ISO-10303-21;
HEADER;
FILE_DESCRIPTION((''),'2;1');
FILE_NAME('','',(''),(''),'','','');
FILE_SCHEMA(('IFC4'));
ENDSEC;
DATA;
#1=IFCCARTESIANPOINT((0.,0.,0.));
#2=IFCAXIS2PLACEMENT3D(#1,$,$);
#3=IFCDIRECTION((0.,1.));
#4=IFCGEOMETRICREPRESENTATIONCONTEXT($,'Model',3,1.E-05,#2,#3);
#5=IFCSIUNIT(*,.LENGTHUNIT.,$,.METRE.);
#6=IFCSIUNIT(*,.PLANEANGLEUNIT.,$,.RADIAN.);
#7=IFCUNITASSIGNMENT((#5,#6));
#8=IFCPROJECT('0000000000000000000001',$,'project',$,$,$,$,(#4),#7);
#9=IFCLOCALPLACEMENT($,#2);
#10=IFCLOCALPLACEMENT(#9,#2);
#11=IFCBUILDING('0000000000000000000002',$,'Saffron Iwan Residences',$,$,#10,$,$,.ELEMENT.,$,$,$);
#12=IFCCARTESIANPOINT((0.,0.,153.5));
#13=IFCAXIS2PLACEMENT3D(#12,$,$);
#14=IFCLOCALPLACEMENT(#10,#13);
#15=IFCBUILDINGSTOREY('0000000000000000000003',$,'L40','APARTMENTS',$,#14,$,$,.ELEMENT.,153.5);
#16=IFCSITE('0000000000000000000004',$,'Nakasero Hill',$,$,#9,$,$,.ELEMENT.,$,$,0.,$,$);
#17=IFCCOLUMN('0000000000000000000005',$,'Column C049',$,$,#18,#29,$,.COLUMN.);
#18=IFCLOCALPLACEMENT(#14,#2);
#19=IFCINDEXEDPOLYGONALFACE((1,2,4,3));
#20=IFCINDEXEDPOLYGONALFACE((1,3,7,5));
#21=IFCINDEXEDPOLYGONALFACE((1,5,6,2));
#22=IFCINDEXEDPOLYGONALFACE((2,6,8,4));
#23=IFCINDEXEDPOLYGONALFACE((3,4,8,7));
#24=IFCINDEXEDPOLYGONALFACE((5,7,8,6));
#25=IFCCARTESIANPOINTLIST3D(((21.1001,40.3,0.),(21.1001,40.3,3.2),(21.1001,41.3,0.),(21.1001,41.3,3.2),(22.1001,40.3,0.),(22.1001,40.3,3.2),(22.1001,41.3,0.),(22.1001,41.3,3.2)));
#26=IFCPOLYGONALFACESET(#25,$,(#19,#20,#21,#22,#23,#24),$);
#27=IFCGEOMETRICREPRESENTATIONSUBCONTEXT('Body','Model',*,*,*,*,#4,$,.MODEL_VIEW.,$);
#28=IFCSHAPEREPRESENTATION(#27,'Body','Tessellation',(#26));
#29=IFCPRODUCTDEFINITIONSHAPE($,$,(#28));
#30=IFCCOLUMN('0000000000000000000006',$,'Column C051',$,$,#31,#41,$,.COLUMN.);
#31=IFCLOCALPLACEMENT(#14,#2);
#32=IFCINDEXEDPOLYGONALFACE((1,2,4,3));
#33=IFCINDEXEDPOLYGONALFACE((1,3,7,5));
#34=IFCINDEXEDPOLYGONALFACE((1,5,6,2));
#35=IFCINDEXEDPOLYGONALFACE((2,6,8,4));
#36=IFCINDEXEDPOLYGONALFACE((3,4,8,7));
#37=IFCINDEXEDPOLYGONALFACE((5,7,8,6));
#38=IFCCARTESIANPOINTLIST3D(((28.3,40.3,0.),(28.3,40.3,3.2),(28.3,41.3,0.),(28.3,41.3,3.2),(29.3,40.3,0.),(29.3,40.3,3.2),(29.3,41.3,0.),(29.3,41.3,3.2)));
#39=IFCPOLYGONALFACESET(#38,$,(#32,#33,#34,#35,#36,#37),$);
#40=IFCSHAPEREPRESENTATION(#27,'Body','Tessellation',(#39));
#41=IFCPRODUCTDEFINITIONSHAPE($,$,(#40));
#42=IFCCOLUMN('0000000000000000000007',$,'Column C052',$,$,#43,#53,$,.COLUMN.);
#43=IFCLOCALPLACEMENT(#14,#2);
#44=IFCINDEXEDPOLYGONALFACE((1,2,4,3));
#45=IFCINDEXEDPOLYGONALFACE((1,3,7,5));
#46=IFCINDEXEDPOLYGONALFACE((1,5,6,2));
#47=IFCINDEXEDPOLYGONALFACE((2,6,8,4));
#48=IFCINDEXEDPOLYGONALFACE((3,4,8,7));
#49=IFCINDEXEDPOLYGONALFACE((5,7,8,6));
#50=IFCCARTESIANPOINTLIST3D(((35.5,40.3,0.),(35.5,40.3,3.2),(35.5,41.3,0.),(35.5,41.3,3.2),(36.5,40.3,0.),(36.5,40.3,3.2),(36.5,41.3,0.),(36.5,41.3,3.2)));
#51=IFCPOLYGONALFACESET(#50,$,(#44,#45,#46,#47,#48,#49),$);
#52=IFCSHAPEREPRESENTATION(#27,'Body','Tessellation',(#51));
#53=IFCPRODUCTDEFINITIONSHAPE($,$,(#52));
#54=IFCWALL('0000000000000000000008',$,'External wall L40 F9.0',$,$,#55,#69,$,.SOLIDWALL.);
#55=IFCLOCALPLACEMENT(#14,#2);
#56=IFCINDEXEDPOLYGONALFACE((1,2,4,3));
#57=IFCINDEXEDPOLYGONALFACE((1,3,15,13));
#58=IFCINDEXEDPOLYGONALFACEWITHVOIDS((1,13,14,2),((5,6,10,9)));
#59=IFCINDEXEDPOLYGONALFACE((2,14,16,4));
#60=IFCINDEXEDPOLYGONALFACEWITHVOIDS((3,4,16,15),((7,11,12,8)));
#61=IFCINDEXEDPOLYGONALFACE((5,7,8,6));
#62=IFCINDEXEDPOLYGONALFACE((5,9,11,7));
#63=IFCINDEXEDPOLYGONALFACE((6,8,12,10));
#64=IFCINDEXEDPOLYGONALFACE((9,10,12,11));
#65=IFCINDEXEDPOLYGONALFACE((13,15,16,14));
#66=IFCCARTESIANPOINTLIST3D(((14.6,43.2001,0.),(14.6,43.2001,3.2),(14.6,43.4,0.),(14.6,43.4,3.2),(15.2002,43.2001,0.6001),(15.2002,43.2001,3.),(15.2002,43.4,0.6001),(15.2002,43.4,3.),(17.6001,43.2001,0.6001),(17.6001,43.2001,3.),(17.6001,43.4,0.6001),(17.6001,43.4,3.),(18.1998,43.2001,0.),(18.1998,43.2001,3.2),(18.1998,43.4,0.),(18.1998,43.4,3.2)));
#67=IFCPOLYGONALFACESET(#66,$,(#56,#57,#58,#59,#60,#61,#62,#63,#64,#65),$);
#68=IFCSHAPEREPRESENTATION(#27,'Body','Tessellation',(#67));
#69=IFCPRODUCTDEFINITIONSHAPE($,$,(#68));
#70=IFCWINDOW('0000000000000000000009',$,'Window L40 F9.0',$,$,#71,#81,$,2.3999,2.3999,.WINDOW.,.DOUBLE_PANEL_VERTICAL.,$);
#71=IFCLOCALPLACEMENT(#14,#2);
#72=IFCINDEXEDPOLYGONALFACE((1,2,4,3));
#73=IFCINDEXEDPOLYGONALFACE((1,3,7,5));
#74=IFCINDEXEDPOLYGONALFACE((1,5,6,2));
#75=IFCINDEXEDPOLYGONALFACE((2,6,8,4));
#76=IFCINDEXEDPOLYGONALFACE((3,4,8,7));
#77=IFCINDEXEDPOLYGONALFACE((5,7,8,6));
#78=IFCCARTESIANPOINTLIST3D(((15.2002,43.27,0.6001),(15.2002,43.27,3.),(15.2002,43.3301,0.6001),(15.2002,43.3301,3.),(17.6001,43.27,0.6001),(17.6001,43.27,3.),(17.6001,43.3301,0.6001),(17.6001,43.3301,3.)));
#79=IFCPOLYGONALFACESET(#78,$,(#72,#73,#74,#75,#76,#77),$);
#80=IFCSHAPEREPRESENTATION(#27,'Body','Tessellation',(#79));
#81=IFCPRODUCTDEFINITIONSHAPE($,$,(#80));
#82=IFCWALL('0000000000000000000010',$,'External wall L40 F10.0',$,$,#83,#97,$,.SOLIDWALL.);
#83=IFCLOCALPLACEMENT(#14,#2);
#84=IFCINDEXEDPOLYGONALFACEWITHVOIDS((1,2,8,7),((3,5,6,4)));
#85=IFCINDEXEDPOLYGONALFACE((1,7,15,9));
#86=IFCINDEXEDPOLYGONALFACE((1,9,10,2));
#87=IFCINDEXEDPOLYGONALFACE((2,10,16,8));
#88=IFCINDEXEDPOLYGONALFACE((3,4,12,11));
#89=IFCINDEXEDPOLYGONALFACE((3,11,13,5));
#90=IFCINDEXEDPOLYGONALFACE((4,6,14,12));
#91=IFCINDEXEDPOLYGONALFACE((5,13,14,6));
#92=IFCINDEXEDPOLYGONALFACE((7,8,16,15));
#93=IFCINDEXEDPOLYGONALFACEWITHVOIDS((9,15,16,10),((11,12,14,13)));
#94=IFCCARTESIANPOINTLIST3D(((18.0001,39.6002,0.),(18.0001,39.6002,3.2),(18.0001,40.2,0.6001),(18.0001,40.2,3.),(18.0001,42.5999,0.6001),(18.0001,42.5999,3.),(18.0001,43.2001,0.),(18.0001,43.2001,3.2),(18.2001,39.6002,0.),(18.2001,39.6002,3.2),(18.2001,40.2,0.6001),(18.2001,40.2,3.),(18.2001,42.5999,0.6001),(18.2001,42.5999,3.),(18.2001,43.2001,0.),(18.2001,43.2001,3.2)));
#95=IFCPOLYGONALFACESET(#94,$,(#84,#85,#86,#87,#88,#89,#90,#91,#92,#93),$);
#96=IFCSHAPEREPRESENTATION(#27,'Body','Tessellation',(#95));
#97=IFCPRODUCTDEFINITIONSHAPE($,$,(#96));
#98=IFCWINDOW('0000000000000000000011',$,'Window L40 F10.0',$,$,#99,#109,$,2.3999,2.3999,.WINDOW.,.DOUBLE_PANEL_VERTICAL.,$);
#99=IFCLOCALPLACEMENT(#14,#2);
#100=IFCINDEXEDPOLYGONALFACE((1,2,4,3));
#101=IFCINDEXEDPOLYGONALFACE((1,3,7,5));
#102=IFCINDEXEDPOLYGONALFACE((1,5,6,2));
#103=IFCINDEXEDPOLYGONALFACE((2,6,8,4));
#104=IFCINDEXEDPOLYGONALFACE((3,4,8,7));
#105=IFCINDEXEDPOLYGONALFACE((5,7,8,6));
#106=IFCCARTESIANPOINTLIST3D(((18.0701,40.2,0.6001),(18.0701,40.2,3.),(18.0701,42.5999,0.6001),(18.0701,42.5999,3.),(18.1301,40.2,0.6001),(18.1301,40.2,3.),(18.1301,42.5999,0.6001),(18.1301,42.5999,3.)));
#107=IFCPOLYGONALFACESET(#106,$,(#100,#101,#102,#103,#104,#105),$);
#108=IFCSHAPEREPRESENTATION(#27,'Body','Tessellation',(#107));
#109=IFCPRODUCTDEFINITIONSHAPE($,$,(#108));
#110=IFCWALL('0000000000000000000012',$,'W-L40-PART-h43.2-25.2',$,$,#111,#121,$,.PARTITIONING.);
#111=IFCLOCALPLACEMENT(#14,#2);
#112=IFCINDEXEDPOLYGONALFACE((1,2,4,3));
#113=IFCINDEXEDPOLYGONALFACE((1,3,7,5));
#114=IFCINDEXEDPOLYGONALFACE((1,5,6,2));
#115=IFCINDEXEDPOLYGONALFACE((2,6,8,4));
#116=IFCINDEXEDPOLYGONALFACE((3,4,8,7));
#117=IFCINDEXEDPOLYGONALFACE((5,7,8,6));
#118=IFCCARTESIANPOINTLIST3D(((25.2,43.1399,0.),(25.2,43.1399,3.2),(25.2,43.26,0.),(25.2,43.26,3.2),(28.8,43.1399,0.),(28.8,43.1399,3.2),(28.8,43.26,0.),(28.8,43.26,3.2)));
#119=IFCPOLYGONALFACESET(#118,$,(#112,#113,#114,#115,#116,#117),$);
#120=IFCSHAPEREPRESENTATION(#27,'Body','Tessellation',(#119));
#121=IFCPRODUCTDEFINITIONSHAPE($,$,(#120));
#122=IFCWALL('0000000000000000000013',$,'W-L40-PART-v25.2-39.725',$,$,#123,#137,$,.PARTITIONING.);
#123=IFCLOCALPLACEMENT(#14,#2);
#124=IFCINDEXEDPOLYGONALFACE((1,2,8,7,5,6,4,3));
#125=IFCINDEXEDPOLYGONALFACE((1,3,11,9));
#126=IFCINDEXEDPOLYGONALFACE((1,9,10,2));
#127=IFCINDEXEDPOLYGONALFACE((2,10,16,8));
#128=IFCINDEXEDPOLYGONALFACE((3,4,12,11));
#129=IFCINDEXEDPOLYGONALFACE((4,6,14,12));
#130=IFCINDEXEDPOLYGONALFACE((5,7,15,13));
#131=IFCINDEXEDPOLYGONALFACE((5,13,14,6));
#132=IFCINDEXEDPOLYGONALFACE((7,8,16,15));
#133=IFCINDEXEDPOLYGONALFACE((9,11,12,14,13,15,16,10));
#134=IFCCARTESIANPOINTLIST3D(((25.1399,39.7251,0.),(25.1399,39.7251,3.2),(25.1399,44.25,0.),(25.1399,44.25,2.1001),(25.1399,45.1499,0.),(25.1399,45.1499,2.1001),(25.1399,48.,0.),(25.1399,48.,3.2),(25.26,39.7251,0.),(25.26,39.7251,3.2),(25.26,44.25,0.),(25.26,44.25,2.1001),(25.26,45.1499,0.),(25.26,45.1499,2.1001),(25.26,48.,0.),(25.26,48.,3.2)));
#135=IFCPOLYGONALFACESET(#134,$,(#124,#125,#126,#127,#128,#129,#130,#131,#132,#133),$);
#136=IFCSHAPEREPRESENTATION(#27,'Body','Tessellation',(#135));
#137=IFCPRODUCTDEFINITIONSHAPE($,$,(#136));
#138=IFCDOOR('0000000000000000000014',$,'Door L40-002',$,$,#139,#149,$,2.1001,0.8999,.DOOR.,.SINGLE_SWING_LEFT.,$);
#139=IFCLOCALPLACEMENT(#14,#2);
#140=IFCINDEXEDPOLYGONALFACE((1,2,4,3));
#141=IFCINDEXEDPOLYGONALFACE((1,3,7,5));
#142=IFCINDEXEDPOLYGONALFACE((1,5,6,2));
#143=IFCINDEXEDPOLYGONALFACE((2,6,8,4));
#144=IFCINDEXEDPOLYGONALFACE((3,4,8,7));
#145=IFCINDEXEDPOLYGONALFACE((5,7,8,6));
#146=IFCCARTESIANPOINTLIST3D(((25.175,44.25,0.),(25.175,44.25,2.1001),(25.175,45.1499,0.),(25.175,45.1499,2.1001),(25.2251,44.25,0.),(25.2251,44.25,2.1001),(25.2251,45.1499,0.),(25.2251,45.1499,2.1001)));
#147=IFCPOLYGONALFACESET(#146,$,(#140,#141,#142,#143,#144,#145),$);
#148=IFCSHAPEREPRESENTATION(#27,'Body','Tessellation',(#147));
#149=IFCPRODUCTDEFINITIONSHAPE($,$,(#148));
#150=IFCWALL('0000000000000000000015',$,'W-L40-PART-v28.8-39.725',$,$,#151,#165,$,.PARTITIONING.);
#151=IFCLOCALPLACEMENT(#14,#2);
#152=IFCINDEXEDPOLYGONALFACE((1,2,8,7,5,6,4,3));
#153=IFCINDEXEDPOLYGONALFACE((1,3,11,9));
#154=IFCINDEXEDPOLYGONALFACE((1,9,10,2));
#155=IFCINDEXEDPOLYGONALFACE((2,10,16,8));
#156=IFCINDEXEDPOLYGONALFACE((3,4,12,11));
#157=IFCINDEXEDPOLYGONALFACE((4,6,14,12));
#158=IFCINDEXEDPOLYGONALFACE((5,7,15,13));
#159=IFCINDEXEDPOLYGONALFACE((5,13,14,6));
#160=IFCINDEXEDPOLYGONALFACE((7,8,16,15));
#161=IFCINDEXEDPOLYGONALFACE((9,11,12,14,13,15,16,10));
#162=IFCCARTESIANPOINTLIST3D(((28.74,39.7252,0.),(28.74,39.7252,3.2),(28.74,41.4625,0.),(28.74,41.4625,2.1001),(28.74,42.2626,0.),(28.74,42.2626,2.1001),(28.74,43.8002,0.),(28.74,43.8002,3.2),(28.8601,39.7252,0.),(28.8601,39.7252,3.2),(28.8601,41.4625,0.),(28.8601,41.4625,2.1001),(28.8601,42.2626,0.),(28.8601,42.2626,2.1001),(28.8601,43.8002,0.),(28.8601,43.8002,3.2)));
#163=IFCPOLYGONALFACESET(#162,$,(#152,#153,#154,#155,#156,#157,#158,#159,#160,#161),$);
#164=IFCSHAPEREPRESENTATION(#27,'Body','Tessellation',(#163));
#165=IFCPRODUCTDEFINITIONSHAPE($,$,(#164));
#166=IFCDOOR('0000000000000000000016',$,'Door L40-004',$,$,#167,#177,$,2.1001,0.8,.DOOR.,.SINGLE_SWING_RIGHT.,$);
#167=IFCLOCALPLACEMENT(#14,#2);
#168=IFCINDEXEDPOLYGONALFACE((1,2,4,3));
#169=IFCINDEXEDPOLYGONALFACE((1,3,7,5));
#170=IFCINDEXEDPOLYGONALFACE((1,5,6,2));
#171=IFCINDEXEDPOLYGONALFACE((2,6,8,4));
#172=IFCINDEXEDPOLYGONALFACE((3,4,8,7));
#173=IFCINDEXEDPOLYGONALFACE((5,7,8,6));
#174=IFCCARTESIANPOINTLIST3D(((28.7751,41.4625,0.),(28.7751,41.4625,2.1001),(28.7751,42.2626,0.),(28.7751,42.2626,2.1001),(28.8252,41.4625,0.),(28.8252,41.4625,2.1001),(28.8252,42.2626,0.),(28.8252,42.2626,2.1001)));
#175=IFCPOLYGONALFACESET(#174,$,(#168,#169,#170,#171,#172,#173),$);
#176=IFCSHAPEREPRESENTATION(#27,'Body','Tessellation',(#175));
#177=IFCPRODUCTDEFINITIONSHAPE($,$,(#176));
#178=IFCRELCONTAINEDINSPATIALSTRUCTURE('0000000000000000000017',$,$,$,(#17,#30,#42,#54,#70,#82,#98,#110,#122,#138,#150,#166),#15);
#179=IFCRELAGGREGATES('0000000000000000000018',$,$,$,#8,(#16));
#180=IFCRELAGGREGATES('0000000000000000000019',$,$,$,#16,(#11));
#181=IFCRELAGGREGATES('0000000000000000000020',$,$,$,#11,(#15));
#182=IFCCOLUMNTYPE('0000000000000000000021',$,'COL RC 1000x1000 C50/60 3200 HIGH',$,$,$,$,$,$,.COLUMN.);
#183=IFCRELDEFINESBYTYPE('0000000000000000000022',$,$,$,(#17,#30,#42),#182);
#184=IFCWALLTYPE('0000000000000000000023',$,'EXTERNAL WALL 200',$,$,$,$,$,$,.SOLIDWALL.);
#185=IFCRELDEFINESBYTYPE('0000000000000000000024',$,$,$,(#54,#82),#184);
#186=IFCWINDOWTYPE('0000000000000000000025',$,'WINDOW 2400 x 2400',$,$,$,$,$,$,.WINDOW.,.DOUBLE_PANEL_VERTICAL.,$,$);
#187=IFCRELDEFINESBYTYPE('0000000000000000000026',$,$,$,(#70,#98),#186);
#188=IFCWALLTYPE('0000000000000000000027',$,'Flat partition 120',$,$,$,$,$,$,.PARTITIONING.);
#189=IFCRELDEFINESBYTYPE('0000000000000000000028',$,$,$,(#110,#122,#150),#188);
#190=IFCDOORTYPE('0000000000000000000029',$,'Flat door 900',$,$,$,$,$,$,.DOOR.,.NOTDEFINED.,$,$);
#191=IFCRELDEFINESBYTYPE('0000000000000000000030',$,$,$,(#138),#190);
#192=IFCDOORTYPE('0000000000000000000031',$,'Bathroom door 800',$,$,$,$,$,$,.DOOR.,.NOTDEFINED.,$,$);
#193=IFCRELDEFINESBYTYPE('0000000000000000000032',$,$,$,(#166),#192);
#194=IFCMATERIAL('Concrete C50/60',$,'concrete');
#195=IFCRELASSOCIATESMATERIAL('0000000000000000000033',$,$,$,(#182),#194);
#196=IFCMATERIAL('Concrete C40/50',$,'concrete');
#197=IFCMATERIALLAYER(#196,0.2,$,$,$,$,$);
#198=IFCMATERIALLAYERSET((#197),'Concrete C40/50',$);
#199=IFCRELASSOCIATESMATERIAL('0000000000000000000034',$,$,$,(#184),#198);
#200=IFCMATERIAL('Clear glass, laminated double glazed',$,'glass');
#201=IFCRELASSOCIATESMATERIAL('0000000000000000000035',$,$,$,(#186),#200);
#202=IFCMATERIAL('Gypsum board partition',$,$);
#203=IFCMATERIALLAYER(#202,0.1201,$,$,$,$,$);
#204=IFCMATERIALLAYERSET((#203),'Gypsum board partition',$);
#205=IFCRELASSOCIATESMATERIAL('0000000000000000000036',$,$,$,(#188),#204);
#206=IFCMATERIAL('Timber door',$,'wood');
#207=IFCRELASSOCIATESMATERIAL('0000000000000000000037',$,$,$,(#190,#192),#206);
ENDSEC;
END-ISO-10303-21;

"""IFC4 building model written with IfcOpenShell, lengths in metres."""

from ifc_helpers import new_model, si_unit, direction, frame, frame_2d, origin, origin_2d, place, context, subcontext, project, spatial, rectangle, extrude, source, transform, mapped, material, layer, layer_set, material_profile, profile_set, type_object, element, fill, save


model = new_model("IFC4")

# Units and contexts
model_context = context("Model", 3, precision=1e-05, world=origin(), true_north=direction((0.0, 1.0)))
body_context = subcontext(model_context, "Body", "Model", "MODEL_VIEW")
ifc_project = project(units=[si_unit("LENGTHUNIT", "METRE"), si_unit("PLANEANGLEUNIT", "RADIAN")], contexts=[model_context])

# Site, building, storey
site_placement = place(None, origin())
site = spatial("IfcSite", under=ifc_project, at=site_placement, Name="Nakasero Hill", CompositionType="ELEMENT", RefElevation=0.0)
building_placement = place(site_placement, origin())
building = spatial("IfcBuilding", under=site, at=building_placement, Name="Saffron Iwan Residences", CompositionType="ELEMENT")
storey_placement = place(building_placement, frame((0.0, 0.0, 153.5)))
storey = spatial("IfcBuildingStorey", under=building, at=storey_placement, Name="L40", Description="APARTMENTS", CompositionType="ELEMENT", Elevation=153.5)

# Columns
ifc_material_1 = material(Name="Concrete C50/60", Category="concrete")
ifc_material_profile = material_profile(ifc_material_1, rectangle(XDim=1.0, YDim=1.0, at=origin_2d()), Name="RC 1000x1000")
ifc_profile_set = profile_set([ifc_material_profile], Name="Concrete C50/60")
column_type = type_object("IfcColumnType", Name="COL RC 1000x1000 C50/60 3200 HIGH", PredefinedType="COLUMN", material=ifc_profile_set)
shared_shape = source(origin(), body_context, "Body", "SweptSolid", [
    extrude(rectangle(XDim=1.0, YDim=1.0, at=origin_2d()), origin(), (0.0, 0.0, 1.0), 3.2),
])
for number, where, z_axis, x_axis, name in (
    (1, (21.6001, 40.8, 0.0), (0.0, 0.0, 1.0), (1.0, 0.0, 0.0), "Column C049"),
    (2, (28.8, 40.8, 0.0), (0.0, 0.0, 1.0), (1.0, 0.0, 0.0), "Column C051"),
    (3, (36.0, 40.8, 0.0), (0.0, 0.0, 1.0), (1.0, 0.0, 0.0), "Column C052"),
):
    element("IfcColumn", number, at=place(storey_placement, frame(where, z_axis=z_axis, x_axis=x_axis)), inside=storey, type_object=column_type, Name=name, PredefinedType="COLUMN", context=body_context, shape_type="MappedRepresentation", body=[
        mapped(shared_shape, transform((0.0, 0.0, 0.0))),
    ])

# Walls, openings, windows
ifc_material_2 = material(Name="Concrete C40/50", Category="concrete")
ifc_layer_1 = layer(ifc_material_2, 0.2)
ifc_layer_set_1 = layer_set([ifc_layer_1], Name="Concrete C40/50")
wall_type_1 = type_object("IfcWallType", Name="EXTERNAL WALL 200", PredefinedType="SOLIDWALL", material=ifc_layer_set_1)
wall_1_placement = place(storey_placement, frame((14.6001, 43.3, 0.0), z_axis=(0.0, 0.0, 1.0), x_axis=(1.0, 0.0, 0.0)))
wall_1 = element("IfcWall", 4, at=wall_1_placement, inside=storey, type_object=wall_type_1, Name="External wall L40 F9.0", PredefinedType="SOLIDWALL", context=body_context, shape_type="SweptSolid", body=[
    extrude(rectangle(XDim=3.5999, YDim=0.2, at=frame_2d((1.7998, 0.0))), origin(), (0.0, 0.0, 1.0), 3.2),
])
opening_1_placement = place(wall_1_placement, frame((0.6001, 0.0, 0.6001)))
opening_1 = element("IfcOpeningElement", 5, at=opening_1_placement, cuts=wall_1, PredefinedType="OPENING", context=body_context, shape_type="SweptSolid", body=[
    extrude(rectangle(XDim=2.3999, YDim=2.3999, at=frame_2d((1.2, 1.2))), frame((0.0, 0.1099, 0.0), z_axis=(0.0, -1.0, 0.0), x_axis=(1.0, 0.0, 0.0)), (0.0, 0.0, 1.0), 0.22),
])
ifc_material_3 = material(Name="Clear glass, laminated double glazed", Category="glass")
window_type = type_object("IfcWindowType", Name="WINDOW 2400 x 2400", PartitioningType="DOUBLE_PANEL_VERTICAL", PredefinedType="WINDOW", material=ifc_material_3)
window_1_placement = place(opening_1_placement, origin())
window_1 = element("IfcWindow", 6, at=window_1_placement, inside=storey, type_object=window_type, Name="Window L40 F9.0", OverallHeight=2.3999, OverallWidth=2.3999, PartitioningType="DOUBLE_PANEL_VERTICAL", PredefinedType="WINDOW", context=body_context, shape_type="SweptSolid", body=[
    extrude(rectangle(XDim=2.3999, YDim=2.3999, at=frame_2d((1.2, 1.2))), frame((0.0, 0.03, 0.0), z_axis=(0.0, -1.0, 0.0), x_axis=(1.0, 0.0, 0.0)), (0.0, 0.0, 1.0), 0.0601),
])
fill(opening_1, window_1)
wall_2_placement = place(storey_placement, frame((18.1001, 43.2, 0.0), z_axis=(0.0, 0.0, 1.0), x_axis=(0.0, -1.0, 0.0)))
wall_2 = element("IfcWall", 7, at=wall_2_placement, inside=storey, type_object=wall_type_1, Name="External wall L40 F10.0", PredefinedType="SOLIDWALL", context=body_context, shape_type="SweptSolid", body=[
    extrude(rectangle(XDim=3.5999, YDim=0.2, at=frame_2d((1.7998, 0.0))), origin(), (0.0, 0.0, 1.0), 3.2),
])
opening_2_placement = place(wall_2_placement, frame((0.6001, 0.0, 0.6001)))
opening_2 = element("IfcOpeningElement", 8, at=opening_2_placement, cuts=wall_2, PredefinedType="OPENING", context=body_context, shape_type="SweptSolid", body=[
    extrude(rectangle(XDim=2.3999, YDim=2.3999, at=frame_2d((1.2, 1.2))), frame((0.0, 0.1099, 0.0), z_axis=(0.0, -1.0, 0.0), x_axis=(1.0, 0.0, 0.0)), (0.0, 0.0, 1.0), 0.22),
])
window_2_placement = place(opening_2_placement, origin())
window_2 = element("IfcWindow", 9, at=window_2_placement, inside=storey, type_object=window_type, Name="Window L40 F10.0", OverallHeight=2.3999, OverallWidth=2.3999, PartitioningType="DOUBLE_PANEL_VERTICAL", PredefinedType="WINDOW", context=body_context, shape_type="SweptSolid", body=[
    extrude(rectangle(XDim=2.3999, YDim=2.3999, at=frame_2d((1.2, 1.2))), frame((0.0, 0.03, 0.0), z_axis=(0.0, -1.0, 0.0), x_axis=(1.0, 0.0, 0.0)), (0.0, 0.0, 1.0), 0.0601),
])
fill(opening_2, window_2)

# Wall
ifc_material_4 = material(Name="Gypsum board partition")
ifc_layer_2 = layer(ifc_material_4, 0.1201)
ifc_layer_set_2 = layer_set([ifc_layer_2], Name="Gypsum board partition")
wall_type_2 = type_object("IfcWallType", Name="Flat partition 120", PredefinedType="PARTITIONING", material=ifc_layer_set_2)
wall_3_placement = place(storey_placement, frame((25.2, 43.2, 0.0), z_axis=(0.0, 0.0, 1.0), x_axis=(1.0, 0.0, 0.0)))
element("IfcWall", 10, at=wall_3_placement, inside=storey, type_object=wall_type_2, Name="W-L40-PART-h43.2-25.2", PredefinedType="PARTITIONING", context=body_context, shape_type="SweptSolid", body=[
    extrude(rectangle(XDim=3.6001, YDim=0.1201, at=frame_2d((1.8, 0.0))), origin(), (0.0, 0.0, 1.0), 3.2),
])

# Walls, openings, doors
wall_4_placement = place(storey_placement, frame((25.2, 39.7251, 0.0), z_axis=(0.0, 0.0, 1.0), x_axis=(0.0, 1.0, 0.0)))
wall_4 = element("IfcWall", 11, at=wall_4_placement, inside=storey, type_object=wall_type_2, Name="W-L40-PART-v25.2-39.725", PredefinedType="PARTITIONING", context=body_context, shape_type="SweptSolid", body=[
    extrude(rectangle(XDim=8.2749, YDim=0.1201, at=frame_2d((4.1375, 0.0))), origin(), (0.0, 0.0, 1.0), 3.2),
])
opening_3_placement = place(wall_4_placement, frame((4.5249, 0.0, 0.0)))
opening_3 = element("IfcOpeningElement", 12, at=opening_3_placement, cuts=wall_4, PredefinedType="OPENING", context=body_context, shape_type="SweptSolid", body=[
    extrude(rectangle(XDim=0.8999, YDim=2.1001, at=frame_2d((0.45, 1.05))), frame((0.0, 0.0701, 0.0), z_axis=(0.0, -1.0, 0.0), x_axis=(1.0, 0.0, 0.0)), (0.0, 0.0, 1.0), 0.1401),
])
ifc_material_5 = material(Name="Timber door", Category="wood")
door_type_1 = type_object("IfcDoorType", Name="Flat door 900", OperationType="NOTDEFINED", PredefinedType="DOOR", material=ifc_material_5)
door_1_placement = place(opening_3_placement, origin())
door_1 = element("IfcDoor", 13, at=door_1_placement, inside=storey, type_object=door_type_1, Name="Door L40-002", OperationType="SINGLE_SWING_LEFT", OverallHeight=2.1001, OverallWidth=0.8999, PredefinedType="DOOR", context=body_context, shape_type="SweptSolid", body=[
    extrude(rectangle(XDim=0.8999, YDim=2.1001, at=frame_2d((0.45, 1.05))), frame((0.0, 0.0249, 0.0), z_axis=(0.0, -1.0, 0.0), x_axis=(1.0, 0.0, 0.0)), (0.0, 0.0, 1.0), 0.05),
])
fill(opening_3, door_1)
wall_5_placement = place(storey_placement, frame((28.8, 39.7251, 0.0), z_axis=(0.0, 0.0, 1.0), x_axis=(0.0, 1.0, 0.0)))
wall_5 = element("IfcWall", 14, at=wall_5_placement, inside=storey, type_object=wall_type_2, Name="W-L40-PART-v28.8-39.725", PredefinedType="PARTITIONING", context=body_context, shape_type="SweptSolid", body=[
    extrude(rectangle(XDim=4.075, YDim=0.1201, at=frame_2d((2.0376, 0.0))), origin(), (0.0, 0.0, 1.0), 3.2),
])
opening_4_placement = place(wall_5_placement, frame((1.7375, 0.0, 0.0)))
opening_4 = element("IfcOpeningElement", 15, at=opening_4_placement, cuts=wall_5, PredefinedType="OPENING", context=body_context, shape_type="SweptSolid", body=[
    extrude(rectangle(XDim=0.8, YDim=2.1001, at=frame_2d((0.3999, 1.05))), frame((0.0, 0.0701, 0.0), z_axis=(0.0, -1.0, 0.0), x_axis=(1.0, 0.0, 0.0)), (0.0, 0.0, 1.0), 0.1401),
])
door_type_2 = type_object("IfcDoorType", Name="Bathroom door 800", OperationType="NOTDEFINED", PredefinedType="DOOR", material=ifc_material_5)
door_2_placement = place(opening_4_placement, origin())
door_2 = element("IfcDoor", 16, at=door_2_placement, inside=storey, type_object=door_type_2, Name="Door L40-004", OperationType="SINGLE_SWING_RIGHT", OverallHeight=2.1001, OverallWidth=0.8, PredefinedType="DOOR", context=body_context, shape_type="SweptSolid", body=[
    extrude(rectangle(XDim=0.8, YDim=2.1001, at=frame_2d((0.3999, 1.05))), frame((0.0, 0.0249, 0.0), z_axis=(0.0, -1.0, 0.0), x_axis=(1.0, 0.0, 0.0)), (0.0, 0.0, 1.0), 0.05),
])
fill(opening_4, door_2)

save(model, "model.ifc")
